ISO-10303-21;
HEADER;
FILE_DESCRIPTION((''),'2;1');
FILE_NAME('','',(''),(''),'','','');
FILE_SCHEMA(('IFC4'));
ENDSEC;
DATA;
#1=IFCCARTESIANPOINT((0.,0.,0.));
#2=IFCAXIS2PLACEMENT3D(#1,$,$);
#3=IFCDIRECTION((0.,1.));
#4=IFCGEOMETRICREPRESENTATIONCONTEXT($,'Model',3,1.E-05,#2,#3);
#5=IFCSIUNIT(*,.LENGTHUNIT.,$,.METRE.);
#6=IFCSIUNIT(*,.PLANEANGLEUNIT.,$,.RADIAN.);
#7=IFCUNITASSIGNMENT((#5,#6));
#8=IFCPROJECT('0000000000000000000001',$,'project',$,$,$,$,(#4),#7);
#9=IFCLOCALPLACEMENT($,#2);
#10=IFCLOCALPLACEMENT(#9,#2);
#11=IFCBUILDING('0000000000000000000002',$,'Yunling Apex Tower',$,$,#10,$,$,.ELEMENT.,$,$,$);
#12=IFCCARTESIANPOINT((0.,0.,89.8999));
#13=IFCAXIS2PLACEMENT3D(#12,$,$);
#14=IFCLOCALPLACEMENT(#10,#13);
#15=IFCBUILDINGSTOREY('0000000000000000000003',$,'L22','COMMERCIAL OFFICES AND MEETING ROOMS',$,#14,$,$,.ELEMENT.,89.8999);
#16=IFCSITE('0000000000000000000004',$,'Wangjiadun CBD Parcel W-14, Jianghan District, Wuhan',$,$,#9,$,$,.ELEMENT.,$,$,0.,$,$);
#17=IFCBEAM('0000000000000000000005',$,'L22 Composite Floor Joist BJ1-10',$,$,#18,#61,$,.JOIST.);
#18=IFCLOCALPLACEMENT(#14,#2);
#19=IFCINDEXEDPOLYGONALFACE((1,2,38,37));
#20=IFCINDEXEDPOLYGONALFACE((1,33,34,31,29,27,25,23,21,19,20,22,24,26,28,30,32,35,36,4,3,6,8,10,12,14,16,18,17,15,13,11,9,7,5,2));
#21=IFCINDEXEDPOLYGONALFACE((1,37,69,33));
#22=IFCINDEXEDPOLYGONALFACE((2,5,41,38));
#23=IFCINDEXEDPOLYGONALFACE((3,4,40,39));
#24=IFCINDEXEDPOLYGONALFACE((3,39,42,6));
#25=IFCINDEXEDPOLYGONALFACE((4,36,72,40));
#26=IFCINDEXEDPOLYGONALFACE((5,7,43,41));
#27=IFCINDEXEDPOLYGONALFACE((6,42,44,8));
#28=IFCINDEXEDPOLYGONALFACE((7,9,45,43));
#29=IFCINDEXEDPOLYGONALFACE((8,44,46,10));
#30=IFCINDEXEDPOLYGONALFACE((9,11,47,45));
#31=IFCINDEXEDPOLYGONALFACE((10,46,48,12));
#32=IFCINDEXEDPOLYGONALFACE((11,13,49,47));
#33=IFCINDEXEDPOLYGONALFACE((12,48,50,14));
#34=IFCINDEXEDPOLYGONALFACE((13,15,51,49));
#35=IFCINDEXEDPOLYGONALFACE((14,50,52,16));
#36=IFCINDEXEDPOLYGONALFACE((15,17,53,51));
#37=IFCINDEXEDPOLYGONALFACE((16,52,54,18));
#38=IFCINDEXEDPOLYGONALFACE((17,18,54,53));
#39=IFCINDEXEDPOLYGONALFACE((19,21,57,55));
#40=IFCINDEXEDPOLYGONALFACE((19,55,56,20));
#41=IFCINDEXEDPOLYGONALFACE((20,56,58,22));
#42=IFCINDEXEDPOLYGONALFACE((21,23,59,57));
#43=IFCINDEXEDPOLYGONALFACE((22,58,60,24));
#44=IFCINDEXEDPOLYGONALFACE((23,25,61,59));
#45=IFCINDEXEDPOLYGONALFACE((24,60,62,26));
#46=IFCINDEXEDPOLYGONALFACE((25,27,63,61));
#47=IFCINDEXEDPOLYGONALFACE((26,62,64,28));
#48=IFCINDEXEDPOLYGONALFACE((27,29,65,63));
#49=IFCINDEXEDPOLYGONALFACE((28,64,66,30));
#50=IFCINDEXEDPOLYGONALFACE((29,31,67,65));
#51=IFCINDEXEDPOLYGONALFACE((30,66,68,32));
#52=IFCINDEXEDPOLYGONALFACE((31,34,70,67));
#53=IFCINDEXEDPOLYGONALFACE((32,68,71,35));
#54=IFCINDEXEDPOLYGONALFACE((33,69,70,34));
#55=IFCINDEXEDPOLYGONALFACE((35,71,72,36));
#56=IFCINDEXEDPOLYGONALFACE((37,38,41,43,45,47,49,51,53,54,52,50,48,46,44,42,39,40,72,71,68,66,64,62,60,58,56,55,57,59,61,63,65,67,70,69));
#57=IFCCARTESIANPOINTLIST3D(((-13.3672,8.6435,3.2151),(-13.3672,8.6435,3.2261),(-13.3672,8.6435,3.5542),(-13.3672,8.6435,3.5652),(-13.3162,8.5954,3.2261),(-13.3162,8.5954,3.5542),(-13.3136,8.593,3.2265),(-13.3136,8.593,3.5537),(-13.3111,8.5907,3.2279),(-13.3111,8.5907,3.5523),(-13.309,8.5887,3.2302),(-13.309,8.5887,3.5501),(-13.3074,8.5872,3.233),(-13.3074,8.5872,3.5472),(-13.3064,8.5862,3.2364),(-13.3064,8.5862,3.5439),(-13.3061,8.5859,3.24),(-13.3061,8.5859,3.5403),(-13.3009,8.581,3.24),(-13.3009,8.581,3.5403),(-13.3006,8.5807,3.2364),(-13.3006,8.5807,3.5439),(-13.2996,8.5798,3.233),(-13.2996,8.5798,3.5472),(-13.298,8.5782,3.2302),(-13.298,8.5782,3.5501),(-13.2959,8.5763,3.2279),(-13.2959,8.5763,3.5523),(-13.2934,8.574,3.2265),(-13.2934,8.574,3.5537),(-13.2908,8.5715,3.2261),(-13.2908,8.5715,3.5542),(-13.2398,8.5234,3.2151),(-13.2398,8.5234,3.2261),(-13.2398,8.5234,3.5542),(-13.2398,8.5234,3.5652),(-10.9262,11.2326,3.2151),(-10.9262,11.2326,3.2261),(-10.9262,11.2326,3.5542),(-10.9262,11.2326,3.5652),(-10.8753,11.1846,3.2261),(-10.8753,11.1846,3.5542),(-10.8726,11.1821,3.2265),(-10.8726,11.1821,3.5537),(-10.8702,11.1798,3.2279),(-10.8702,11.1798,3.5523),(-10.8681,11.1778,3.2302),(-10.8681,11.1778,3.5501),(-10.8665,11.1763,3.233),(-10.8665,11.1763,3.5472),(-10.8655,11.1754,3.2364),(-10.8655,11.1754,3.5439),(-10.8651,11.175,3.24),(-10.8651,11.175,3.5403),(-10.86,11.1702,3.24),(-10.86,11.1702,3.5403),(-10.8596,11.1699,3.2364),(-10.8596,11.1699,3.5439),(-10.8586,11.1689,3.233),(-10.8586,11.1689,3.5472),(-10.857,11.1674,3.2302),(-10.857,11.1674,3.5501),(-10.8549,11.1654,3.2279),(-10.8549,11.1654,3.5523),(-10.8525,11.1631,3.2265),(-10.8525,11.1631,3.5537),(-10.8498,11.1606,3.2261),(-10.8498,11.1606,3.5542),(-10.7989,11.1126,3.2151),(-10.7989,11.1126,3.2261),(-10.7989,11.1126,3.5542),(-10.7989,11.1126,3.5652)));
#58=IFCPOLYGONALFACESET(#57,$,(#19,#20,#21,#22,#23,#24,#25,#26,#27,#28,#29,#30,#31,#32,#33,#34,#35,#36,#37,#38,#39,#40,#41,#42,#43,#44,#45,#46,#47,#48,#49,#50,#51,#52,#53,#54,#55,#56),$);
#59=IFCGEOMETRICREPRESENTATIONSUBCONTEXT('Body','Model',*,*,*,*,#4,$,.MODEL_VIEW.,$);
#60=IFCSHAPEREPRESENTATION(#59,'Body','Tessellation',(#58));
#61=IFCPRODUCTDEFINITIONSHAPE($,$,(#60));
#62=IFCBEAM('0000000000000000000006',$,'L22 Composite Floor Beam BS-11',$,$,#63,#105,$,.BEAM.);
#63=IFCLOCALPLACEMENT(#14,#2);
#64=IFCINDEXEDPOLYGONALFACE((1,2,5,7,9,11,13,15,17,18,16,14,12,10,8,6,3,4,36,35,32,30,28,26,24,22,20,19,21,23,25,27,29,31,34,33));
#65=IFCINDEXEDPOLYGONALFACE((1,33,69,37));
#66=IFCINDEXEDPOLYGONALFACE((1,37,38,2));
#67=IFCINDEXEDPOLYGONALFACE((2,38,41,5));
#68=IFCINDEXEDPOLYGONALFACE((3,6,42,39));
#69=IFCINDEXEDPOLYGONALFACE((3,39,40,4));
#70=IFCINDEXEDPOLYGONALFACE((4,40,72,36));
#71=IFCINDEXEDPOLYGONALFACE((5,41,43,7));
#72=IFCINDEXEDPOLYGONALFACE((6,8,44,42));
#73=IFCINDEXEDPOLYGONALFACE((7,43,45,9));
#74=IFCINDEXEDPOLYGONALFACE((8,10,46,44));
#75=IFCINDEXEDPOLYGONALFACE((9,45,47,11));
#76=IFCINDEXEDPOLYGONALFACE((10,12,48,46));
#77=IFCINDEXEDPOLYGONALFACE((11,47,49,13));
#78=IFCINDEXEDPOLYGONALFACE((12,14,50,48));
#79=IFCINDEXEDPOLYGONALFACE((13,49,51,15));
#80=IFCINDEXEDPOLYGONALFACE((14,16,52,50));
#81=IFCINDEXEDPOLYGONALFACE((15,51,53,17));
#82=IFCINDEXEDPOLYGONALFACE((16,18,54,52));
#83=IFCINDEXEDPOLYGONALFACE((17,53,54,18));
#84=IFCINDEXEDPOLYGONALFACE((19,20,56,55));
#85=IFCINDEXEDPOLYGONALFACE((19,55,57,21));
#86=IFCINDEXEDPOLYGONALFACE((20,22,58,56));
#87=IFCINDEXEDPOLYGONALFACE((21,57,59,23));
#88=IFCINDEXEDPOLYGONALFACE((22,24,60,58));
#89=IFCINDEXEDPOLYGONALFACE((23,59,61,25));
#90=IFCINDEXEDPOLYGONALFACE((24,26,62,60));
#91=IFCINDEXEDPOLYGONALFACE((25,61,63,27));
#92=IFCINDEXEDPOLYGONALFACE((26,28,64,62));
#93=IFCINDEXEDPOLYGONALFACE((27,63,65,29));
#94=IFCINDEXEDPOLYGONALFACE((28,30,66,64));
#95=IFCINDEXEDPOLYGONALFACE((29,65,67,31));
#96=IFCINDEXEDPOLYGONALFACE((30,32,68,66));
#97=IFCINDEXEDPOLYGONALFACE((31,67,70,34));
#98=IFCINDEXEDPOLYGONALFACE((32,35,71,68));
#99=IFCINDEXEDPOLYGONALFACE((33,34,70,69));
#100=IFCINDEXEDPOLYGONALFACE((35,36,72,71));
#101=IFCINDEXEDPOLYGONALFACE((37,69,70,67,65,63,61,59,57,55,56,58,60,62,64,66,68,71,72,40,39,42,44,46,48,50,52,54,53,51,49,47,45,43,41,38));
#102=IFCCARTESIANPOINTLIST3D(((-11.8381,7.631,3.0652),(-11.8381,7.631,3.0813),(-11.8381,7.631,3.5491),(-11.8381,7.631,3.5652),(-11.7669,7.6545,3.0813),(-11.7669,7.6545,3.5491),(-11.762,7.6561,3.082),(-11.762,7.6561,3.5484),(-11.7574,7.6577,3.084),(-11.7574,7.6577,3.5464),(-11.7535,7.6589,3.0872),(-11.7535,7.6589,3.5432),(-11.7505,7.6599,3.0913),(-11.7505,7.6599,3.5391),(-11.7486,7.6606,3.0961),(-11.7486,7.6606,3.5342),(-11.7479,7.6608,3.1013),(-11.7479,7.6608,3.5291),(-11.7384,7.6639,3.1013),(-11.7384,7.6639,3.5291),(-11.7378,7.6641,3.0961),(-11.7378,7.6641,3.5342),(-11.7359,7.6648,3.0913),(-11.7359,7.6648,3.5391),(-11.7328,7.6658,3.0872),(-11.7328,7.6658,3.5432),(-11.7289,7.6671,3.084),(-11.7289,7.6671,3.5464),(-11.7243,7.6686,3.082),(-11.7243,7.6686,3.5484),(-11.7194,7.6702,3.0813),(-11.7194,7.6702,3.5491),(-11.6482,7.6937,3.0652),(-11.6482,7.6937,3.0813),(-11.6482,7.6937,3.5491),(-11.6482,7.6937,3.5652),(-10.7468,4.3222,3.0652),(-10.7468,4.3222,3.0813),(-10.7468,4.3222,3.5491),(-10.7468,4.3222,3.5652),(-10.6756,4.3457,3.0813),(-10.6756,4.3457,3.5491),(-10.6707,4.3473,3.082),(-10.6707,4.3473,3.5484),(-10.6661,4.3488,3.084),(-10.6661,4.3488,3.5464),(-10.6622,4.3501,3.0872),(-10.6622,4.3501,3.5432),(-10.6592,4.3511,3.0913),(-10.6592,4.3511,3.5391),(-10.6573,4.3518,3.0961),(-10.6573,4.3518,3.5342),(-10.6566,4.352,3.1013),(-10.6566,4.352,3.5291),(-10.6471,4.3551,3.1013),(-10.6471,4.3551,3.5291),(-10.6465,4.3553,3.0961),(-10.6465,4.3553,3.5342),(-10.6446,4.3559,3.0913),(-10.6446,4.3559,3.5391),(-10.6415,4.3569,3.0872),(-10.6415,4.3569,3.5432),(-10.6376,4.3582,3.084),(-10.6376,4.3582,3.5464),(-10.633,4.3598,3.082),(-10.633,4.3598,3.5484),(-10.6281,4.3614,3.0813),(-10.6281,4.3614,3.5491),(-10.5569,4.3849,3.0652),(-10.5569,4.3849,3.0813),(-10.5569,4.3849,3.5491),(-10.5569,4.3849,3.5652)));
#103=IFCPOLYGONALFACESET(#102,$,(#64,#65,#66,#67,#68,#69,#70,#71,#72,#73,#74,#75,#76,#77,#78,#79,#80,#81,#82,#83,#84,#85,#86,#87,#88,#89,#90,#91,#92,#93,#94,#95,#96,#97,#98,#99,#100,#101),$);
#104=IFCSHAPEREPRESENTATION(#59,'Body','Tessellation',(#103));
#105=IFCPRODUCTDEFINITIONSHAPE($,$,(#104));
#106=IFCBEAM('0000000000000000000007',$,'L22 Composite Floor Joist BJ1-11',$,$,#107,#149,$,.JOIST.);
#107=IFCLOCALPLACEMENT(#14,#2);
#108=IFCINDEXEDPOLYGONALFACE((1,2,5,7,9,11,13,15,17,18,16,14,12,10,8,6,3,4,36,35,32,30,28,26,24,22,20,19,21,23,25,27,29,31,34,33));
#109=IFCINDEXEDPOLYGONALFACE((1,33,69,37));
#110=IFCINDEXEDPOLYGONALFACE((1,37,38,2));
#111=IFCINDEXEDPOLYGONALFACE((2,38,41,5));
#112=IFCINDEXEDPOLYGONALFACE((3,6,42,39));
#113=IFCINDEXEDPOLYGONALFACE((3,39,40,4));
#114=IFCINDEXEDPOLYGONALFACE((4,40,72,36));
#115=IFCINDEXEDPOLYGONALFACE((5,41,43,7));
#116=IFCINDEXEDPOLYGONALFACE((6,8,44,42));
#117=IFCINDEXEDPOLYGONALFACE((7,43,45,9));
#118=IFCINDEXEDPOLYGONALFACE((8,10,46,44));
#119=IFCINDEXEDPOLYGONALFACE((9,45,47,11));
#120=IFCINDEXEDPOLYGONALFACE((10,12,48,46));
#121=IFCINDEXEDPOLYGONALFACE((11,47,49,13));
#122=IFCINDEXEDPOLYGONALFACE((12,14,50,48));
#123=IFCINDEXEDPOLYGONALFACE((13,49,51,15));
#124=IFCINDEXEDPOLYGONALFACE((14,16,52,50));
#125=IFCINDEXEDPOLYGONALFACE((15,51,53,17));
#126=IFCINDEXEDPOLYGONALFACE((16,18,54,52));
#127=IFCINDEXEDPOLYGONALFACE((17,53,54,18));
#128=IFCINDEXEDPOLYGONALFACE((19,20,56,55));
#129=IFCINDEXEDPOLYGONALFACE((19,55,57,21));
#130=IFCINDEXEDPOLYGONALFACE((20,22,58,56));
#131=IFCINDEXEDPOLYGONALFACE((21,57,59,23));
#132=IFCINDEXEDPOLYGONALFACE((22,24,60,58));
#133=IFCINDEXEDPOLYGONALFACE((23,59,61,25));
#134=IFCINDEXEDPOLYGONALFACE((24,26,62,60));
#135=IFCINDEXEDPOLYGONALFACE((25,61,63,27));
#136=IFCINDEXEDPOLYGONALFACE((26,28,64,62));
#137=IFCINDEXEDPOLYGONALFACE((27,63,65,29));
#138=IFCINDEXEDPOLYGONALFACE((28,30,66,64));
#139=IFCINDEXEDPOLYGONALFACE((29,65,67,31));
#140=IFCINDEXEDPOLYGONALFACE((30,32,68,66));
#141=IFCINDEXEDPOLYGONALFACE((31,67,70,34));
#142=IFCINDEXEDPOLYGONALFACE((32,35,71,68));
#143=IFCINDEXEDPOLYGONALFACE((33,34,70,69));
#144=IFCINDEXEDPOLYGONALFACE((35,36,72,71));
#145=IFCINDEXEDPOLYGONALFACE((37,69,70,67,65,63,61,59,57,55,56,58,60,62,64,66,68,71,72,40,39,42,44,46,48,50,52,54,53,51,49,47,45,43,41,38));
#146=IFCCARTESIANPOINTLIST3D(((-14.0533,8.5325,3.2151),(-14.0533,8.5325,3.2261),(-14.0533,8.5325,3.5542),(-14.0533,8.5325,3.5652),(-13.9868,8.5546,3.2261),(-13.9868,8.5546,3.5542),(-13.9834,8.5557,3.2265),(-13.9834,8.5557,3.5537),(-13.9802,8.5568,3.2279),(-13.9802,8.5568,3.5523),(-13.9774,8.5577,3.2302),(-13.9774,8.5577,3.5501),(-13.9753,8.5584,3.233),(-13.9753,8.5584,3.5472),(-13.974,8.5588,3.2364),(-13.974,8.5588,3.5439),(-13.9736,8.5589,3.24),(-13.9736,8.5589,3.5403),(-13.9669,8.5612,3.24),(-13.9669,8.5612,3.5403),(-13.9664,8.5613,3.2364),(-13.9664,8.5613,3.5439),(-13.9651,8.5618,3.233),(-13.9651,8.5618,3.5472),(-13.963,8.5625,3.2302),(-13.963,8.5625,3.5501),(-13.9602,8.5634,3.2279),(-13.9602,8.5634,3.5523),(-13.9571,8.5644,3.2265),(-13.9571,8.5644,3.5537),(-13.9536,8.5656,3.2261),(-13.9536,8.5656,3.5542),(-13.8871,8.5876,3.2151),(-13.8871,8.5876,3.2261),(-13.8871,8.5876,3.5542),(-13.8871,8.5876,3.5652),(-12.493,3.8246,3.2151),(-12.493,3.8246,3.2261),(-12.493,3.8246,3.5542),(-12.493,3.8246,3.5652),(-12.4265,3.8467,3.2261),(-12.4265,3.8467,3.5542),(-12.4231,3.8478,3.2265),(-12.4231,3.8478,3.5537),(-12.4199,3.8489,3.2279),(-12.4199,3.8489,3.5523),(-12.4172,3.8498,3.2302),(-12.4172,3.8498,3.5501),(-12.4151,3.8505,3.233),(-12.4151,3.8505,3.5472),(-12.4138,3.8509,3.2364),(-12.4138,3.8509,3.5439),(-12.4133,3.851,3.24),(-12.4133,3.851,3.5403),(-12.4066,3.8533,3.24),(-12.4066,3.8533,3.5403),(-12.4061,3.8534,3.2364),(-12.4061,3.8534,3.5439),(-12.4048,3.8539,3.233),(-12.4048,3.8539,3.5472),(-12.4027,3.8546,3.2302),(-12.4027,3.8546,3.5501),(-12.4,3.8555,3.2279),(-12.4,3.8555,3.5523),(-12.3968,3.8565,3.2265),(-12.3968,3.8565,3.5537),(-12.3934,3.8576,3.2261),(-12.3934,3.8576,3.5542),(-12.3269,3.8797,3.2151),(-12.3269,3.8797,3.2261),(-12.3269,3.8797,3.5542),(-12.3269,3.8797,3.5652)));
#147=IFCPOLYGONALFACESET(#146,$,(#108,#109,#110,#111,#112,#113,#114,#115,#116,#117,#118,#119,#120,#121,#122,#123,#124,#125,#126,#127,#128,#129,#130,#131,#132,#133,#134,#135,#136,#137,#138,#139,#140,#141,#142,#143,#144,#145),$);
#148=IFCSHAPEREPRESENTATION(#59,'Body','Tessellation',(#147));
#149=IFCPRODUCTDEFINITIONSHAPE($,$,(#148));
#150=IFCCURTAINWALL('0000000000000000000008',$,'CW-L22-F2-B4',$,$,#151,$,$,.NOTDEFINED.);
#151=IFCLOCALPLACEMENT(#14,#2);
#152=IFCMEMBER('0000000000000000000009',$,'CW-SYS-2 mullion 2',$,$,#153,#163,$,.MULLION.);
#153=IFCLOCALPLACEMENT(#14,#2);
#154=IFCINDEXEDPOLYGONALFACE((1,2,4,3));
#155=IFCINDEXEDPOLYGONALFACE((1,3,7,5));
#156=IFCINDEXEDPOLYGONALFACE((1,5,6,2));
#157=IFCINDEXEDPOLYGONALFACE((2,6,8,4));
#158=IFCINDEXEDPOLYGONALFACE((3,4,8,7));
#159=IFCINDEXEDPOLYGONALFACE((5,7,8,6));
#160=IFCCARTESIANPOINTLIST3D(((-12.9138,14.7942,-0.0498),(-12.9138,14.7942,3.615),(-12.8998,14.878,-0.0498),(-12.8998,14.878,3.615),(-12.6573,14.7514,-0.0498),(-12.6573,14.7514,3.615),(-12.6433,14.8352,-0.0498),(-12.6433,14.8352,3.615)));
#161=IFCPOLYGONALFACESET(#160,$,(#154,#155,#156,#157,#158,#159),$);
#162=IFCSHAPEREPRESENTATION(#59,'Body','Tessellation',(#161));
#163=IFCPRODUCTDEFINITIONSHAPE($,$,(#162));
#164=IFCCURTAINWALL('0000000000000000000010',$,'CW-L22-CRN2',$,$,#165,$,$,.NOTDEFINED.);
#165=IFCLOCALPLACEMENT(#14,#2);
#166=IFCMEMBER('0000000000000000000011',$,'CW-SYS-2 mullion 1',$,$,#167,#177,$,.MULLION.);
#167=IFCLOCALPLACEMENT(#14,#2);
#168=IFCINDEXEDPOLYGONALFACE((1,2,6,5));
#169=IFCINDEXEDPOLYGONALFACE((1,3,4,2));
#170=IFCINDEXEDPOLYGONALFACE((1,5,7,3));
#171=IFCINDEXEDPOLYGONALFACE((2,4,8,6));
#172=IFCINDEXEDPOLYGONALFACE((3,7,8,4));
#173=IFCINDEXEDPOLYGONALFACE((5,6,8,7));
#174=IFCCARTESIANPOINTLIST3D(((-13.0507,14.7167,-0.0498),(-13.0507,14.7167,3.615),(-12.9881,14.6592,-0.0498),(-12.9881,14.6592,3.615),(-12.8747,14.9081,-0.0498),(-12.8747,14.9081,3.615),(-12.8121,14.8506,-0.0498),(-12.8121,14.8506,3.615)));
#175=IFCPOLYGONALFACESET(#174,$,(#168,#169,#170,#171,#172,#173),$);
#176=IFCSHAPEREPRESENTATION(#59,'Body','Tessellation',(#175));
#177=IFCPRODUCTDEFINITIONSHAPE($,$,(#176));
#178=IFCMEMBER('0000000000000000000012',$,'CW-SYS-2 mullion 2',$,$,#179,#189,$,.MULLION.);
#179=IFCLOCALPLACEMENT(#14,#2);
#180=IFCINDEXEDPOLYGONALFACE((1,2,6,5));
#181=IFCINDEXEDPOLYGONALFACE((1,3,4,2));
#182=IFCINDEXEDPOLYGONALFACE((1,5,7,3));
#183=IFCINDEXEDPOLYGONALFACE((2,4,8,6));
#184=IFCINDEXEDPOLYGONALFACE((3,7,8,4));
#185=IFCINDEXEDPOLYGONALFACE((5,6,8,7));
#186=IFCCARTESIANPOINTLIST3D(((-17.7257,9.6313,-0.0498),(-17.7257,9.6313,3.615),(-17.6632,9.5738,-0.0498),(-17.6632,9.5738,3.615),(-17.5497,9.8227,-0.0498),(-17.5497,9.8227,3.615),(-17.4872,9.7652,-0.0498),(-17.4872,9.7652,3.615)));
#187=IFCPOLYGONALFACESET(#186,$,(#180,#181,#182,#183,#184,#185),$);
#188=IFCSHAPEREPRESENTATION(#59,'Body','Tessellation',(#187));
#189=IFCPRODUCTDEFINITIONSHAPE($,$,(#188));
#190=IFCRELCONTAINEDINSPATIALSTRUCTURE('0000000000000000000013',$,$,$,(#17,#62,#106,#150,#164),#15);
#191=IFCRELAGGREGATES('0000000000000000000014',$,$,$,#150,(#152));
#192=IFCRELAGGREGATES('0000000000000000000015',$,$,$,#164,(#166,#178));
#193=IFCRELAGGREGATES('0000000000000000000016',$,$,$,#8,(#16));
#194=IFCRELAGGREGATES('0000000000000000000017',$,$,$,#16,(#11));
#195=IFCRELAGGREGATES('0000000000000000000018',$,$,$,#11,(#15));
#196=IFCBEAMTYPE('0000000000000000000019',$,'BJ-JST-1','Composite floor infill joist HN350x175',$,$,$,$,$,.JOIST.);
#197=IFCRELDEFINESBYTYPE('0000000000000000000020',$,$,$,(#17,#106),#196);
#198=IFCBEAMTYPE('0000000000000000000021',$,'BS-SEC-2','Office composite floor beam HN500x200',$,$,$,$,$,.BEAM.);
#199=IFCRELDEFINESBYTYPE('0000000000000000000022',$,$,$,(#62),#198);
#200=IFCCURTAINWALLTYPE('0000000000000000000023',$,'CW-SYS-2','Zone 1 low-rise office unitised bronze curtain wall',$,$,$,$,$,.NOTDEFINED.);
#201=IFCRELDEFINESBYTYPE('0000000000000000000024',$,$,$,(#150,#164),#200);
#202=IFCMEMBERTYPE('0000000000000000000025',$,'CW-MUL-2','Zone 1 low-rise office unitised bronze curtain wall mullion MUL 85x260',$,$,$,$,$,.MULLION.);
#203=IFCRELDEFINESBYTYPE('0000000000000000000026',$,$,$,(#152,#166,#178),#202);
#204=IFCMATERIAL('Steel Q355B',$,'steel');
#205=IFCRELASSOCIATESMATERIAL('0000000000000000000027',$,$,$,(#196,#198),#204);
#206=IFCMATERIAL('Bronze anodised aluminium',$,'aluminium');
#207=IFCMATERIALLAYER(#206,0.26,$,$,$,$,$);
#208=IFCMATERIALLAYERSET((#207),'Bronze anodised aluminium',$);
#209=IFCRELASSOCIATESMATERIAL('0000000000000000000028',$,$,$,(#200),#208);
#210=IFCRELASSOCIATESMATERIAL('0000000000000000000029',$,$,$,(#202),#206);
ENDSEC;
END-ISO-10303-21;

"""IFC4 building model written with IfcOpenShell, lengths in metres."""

from ifc_helpers import new_model, si_unit, direction, frame, origin, origin_2d, place, context, subcontext, project, spatial, rectangle, i_section, extrude, source, transform, mapped, material, layer, layer_set, material_profile, profile_set, type_object, element, aggregate, save


model = new_model("IFC4")

# Units and contexts
model_context = context("Model", 3, precision=1e-05, world=origin(), true_north=direction((0.0, 1.0)))
body_context = subcontext(model_context, "Body", "Model", "MODEL_VIEW")
ifc_project = project(units=[si_unit("LENGTHUNIT", "METRE"), si_unit("PLANEANGLEUNIT", "RADIAN")], contexts=[model_context])

# Site, building, storey
site_placement = place(None, origin())
site = spatial("IfcSite", under=ifc_project, at=site_placement, Name="Wangjiadun CBD Parcel W-14, Jianghan District, Wuhan", CompositionType="ELEMENT", RefElevation=0.0)
building_placement = place(site_placement, origin())
building = spatial("IfcBuilding", under=site, at=building_placement, Name="Yunling Apex Tower", CompositionType="ELEMENT")
storey_placement = place(building_placement, frame((0.0, 0.0, 89.8999)))
storey = spatial("IfcBuildingStorey", under=building, at=storey_placement, Name="L22", Description="COMMERCIAL OFFICES AND MEETING ROOMS", CompositionType="ELEMENT", Elevation=89.8999)

# Beams
ifc_material_1 = material(Name="Steel Q355B", Category="steel")
ifc_material_profile_1 = material_profile(ifc_material_1, i_section(OverallWidth=0.175, OverallDepth=0.3501, WebThickness=0.0071, FlangeThickness=0.011, FilletRadius=0.0139, at=origin_2d()))
ifc_profile_set_1 = profile_set([ifc_material_profile_1], Name="Steel Q355B")
beam_type_1 = type_object("IfcBeamType", Name="BJ-JST-1", Description="Composite floor infill joist HN350x175", PredefinedType="JOIST", material=ifc_profile_set_1)
shared_shape_1 = source(origin(), body_context, "Body", "SweptSolid", [
    extrude(i_section(OverallWidth=0.175, OverallDepth=0.3501, WebThickness=0.0071, FlangeThickness=0.011, FilletRadius=0.0139, at=origin_2d()), origin(), (0.0, 0.0, 1.0), 3.5583),
])
beam_1_placement = place(storey_placement, frame((-10.8625, 11.1726, 3.3901), z_axis=(-0.685977, -0.727624, 0.0), x_axis=(0.727624, -0.685977, 0.0)))
element("IfcBeam", 1, at=beam_1_placement, inside=storey, type_object=beam_type_1, Name="L22 Composite Floor Joist BJ1-10", PredefinedType="JOIST", context=body_context, shape_type="MappedRepresentation", body=[
    mapped(shared_shape_1, transform((0.0, 0.0, 0.0), scale=1.0)),
])
ifc_material_profile_2 = material_profile(ifc_material_1, i_section(OverallWidth=0.2, OverallDepth=0.5, WebThickness=0.01, FlangeThickness=0.0161, FilletRadius=0.02, at=origin_2d()))
ifc_profile_set_2 = profile_set([ifc_material_profile_2], Name="Steel Q355B")
beam_type_2 = type_object("IfcBeamType", Name="BS-SEC-2", Description="Office composite floor beam HN500x200", PredefinedType="BEAM", material=ifc_profile_set_2)
shared_shape_2 = source(origin(), body_context, "Body", "SweptSolid", [
    extrude(i_section(OverallWidth=0.2, OverallDepth=0.5, WebThickness=0.01, FlangeThickness=0.0161, FilletRadius=0.02, at=origin_2d()), origin(), (0.0, 0.0, 1.0), 3.4841),
])
beam_2_placement = place(storey_placement, frame((-11.7432, 7.6624, 3.3152), z_axis=(0.31322, -0.949681, 0.0), x_axis=(0.949681, 0.31322, 0.0)))
element("IfcBeam", 2, at=beam_2_placement, inside=storey, type_object=beam_type_2, Name="L22 Composite Floor Beam BS-11", PredefinedType="BEAM", context=body_context, shape_type="MappedRepresentation", body=[
    mapped(shared_shape_2, transform((0.0, 0.0, 0.0), scale=1.0)),
])
shared_shape_3 = source(origin(), body_context, "Body", "SweptSolid", [
    extrude(i_section(OverallWidth=0.175, OverallDepth=0.3501, WebThickness=0.0071, FlangeThickness=0.011, FilletRadius=0.0139, at=origin_2d()), origin(), (0.0, 0.0, 1.0), 4.9597),
])
beam_3_placement = place(storey_placement, frame((-13.9702, 8.5601, 3.3901), z_axis=(0.314588, -0.949228, 0.0), x_axis=(0.949228, 0.314588, 0.0)))
element("IfcBeam", 3, at=beam_3_placement, inside=storey, type_object=beam_type_1, Name="L22 Composite Floor Joist BJ1-11", PredefinedType="JOIST", context=body_context, shape_type="MappedRepresentation", body=[
    mapped(shared_shape_3, transform((0.0, 0.0, 0.0), scale=1.0)),
])

# Curtain wall, member
ifc_material_2 = material(Name="Bronze anodised aluminium", Category="aluminium")
ifc_layer_1 = layer(ifc_material_2, 0.26)
ifc_layer_set_1 = layer_set([ifc_layer_1], Name="Bronze anodised aluminium")
curtain_wall_type = type_object("IfcCurtainWallType", Name="CW-SYS-2", Description="Zone 1 low-rise office unitised bronze curtain wall", PredefinedType="NOTDEFINED", material=ifc_layer_set_1)
curtain_wall_1_placement = place(storey_placement, origin())
curtain_wall_1 = element("IfcCurtainWall", 4, at=curtain_wall_1_placement, inside=storey, type_object=curtain_wall_type, Name="CW-L22-F2-B4", PredefinedType="NOTDEFINED")
ifc_material_profile_3 = material_profile(ifc_material_2, rectangle(XDim=0.085, YDim=0.26, at=origin_2d()))
ifc_profile_set_3 = profile_set([ifc_material_profile_3], Name="Bronze anodised aluminium")
member_type_1 = type_object("IfcMemberType", Name="CW-MUL-2", Description="Zone 1 low-rise office unitised bronze curtain wall mullion MUL 85x260", PredefinedType="MULLION", material=ifc_profile_set_3)
shared_shape_4 = source(origin(), body_context, "Body", "SweptSolid", [
    extrude(rectangle(XDim=0.085, YDim=0.26, at=origin_2d()), origin(), (0.0, 0.0, 1.0), 3.6648),
])
member_1_placement = place(storey_placement, frame((-12.7786, 14.8147, -0.0498), z_axis=(0.0, 0.0, 1.0), x_axis=(-0.16436, -0.9864, 0.0)))
member_1 = element("IfcMember", 5, at=member_1_placement, type_object=member_type_1, Name="CW-SYS-2 mullion 2", PredefinedType="MULLION", context=body_context, shape_type="MappedRepresentation", body=[
    mapped(shared_shape_4, transform((0.0, 0.0, 0.0), scale=1.0)),
])
aggregate(curtain_wall_1, [member_1])

# Curtain wall, members
curtain_wall_2_placement = place(storey_placement, origin())
curtain_wall_2 = element("IfcCurtainWall", 6, at=curtain_wall_2_placement, inside=storey, type_object=curtain_wall_type, Name="CW-L22-CRN2", PredefinedType="NOTDEFINED")
member_2_placement = place(storey_placement, frame((-12.9314, 14.7837, -0.0498), z_axis=(0.0, 0.0, 1.0), x_axis=(0.736185, -0.676781, 0.0)))
member_2 = element("IfcMember", 7, at=member_2_placement, type_object=member_type_1, Name="CW-SYS-2 mullion 1", PredefinedType="MULLION", context=body_context, shape_type="MappedRepresentation", body=[
    mapped(shared_shape_4, transform((0.0, 0.0, 0.0), scale=1.0)),
])
member_3_placement = place(storey_placement, frame((-17.6064, 9.6982, -0.0498), z_axis=(0.0, 0.0, 1.0), x_axis=(0.736185, -0.676781, 0.0)))
member_3 = element("IfcMember", 8, at=member_3_placement, type_object=member_type_1, Name="CW-SYS-2 mullion 2", PredefinedType="MULLION", context=body_context, shape_type="MappedRepresentation", body=[
    mapped(shared_shape_4, transform((0.0, 0.0, 0.0), scale=1.0)),
])

aggregate(curtain_wall_2, [member_2, member_3])

save(model, "model.ifc")
